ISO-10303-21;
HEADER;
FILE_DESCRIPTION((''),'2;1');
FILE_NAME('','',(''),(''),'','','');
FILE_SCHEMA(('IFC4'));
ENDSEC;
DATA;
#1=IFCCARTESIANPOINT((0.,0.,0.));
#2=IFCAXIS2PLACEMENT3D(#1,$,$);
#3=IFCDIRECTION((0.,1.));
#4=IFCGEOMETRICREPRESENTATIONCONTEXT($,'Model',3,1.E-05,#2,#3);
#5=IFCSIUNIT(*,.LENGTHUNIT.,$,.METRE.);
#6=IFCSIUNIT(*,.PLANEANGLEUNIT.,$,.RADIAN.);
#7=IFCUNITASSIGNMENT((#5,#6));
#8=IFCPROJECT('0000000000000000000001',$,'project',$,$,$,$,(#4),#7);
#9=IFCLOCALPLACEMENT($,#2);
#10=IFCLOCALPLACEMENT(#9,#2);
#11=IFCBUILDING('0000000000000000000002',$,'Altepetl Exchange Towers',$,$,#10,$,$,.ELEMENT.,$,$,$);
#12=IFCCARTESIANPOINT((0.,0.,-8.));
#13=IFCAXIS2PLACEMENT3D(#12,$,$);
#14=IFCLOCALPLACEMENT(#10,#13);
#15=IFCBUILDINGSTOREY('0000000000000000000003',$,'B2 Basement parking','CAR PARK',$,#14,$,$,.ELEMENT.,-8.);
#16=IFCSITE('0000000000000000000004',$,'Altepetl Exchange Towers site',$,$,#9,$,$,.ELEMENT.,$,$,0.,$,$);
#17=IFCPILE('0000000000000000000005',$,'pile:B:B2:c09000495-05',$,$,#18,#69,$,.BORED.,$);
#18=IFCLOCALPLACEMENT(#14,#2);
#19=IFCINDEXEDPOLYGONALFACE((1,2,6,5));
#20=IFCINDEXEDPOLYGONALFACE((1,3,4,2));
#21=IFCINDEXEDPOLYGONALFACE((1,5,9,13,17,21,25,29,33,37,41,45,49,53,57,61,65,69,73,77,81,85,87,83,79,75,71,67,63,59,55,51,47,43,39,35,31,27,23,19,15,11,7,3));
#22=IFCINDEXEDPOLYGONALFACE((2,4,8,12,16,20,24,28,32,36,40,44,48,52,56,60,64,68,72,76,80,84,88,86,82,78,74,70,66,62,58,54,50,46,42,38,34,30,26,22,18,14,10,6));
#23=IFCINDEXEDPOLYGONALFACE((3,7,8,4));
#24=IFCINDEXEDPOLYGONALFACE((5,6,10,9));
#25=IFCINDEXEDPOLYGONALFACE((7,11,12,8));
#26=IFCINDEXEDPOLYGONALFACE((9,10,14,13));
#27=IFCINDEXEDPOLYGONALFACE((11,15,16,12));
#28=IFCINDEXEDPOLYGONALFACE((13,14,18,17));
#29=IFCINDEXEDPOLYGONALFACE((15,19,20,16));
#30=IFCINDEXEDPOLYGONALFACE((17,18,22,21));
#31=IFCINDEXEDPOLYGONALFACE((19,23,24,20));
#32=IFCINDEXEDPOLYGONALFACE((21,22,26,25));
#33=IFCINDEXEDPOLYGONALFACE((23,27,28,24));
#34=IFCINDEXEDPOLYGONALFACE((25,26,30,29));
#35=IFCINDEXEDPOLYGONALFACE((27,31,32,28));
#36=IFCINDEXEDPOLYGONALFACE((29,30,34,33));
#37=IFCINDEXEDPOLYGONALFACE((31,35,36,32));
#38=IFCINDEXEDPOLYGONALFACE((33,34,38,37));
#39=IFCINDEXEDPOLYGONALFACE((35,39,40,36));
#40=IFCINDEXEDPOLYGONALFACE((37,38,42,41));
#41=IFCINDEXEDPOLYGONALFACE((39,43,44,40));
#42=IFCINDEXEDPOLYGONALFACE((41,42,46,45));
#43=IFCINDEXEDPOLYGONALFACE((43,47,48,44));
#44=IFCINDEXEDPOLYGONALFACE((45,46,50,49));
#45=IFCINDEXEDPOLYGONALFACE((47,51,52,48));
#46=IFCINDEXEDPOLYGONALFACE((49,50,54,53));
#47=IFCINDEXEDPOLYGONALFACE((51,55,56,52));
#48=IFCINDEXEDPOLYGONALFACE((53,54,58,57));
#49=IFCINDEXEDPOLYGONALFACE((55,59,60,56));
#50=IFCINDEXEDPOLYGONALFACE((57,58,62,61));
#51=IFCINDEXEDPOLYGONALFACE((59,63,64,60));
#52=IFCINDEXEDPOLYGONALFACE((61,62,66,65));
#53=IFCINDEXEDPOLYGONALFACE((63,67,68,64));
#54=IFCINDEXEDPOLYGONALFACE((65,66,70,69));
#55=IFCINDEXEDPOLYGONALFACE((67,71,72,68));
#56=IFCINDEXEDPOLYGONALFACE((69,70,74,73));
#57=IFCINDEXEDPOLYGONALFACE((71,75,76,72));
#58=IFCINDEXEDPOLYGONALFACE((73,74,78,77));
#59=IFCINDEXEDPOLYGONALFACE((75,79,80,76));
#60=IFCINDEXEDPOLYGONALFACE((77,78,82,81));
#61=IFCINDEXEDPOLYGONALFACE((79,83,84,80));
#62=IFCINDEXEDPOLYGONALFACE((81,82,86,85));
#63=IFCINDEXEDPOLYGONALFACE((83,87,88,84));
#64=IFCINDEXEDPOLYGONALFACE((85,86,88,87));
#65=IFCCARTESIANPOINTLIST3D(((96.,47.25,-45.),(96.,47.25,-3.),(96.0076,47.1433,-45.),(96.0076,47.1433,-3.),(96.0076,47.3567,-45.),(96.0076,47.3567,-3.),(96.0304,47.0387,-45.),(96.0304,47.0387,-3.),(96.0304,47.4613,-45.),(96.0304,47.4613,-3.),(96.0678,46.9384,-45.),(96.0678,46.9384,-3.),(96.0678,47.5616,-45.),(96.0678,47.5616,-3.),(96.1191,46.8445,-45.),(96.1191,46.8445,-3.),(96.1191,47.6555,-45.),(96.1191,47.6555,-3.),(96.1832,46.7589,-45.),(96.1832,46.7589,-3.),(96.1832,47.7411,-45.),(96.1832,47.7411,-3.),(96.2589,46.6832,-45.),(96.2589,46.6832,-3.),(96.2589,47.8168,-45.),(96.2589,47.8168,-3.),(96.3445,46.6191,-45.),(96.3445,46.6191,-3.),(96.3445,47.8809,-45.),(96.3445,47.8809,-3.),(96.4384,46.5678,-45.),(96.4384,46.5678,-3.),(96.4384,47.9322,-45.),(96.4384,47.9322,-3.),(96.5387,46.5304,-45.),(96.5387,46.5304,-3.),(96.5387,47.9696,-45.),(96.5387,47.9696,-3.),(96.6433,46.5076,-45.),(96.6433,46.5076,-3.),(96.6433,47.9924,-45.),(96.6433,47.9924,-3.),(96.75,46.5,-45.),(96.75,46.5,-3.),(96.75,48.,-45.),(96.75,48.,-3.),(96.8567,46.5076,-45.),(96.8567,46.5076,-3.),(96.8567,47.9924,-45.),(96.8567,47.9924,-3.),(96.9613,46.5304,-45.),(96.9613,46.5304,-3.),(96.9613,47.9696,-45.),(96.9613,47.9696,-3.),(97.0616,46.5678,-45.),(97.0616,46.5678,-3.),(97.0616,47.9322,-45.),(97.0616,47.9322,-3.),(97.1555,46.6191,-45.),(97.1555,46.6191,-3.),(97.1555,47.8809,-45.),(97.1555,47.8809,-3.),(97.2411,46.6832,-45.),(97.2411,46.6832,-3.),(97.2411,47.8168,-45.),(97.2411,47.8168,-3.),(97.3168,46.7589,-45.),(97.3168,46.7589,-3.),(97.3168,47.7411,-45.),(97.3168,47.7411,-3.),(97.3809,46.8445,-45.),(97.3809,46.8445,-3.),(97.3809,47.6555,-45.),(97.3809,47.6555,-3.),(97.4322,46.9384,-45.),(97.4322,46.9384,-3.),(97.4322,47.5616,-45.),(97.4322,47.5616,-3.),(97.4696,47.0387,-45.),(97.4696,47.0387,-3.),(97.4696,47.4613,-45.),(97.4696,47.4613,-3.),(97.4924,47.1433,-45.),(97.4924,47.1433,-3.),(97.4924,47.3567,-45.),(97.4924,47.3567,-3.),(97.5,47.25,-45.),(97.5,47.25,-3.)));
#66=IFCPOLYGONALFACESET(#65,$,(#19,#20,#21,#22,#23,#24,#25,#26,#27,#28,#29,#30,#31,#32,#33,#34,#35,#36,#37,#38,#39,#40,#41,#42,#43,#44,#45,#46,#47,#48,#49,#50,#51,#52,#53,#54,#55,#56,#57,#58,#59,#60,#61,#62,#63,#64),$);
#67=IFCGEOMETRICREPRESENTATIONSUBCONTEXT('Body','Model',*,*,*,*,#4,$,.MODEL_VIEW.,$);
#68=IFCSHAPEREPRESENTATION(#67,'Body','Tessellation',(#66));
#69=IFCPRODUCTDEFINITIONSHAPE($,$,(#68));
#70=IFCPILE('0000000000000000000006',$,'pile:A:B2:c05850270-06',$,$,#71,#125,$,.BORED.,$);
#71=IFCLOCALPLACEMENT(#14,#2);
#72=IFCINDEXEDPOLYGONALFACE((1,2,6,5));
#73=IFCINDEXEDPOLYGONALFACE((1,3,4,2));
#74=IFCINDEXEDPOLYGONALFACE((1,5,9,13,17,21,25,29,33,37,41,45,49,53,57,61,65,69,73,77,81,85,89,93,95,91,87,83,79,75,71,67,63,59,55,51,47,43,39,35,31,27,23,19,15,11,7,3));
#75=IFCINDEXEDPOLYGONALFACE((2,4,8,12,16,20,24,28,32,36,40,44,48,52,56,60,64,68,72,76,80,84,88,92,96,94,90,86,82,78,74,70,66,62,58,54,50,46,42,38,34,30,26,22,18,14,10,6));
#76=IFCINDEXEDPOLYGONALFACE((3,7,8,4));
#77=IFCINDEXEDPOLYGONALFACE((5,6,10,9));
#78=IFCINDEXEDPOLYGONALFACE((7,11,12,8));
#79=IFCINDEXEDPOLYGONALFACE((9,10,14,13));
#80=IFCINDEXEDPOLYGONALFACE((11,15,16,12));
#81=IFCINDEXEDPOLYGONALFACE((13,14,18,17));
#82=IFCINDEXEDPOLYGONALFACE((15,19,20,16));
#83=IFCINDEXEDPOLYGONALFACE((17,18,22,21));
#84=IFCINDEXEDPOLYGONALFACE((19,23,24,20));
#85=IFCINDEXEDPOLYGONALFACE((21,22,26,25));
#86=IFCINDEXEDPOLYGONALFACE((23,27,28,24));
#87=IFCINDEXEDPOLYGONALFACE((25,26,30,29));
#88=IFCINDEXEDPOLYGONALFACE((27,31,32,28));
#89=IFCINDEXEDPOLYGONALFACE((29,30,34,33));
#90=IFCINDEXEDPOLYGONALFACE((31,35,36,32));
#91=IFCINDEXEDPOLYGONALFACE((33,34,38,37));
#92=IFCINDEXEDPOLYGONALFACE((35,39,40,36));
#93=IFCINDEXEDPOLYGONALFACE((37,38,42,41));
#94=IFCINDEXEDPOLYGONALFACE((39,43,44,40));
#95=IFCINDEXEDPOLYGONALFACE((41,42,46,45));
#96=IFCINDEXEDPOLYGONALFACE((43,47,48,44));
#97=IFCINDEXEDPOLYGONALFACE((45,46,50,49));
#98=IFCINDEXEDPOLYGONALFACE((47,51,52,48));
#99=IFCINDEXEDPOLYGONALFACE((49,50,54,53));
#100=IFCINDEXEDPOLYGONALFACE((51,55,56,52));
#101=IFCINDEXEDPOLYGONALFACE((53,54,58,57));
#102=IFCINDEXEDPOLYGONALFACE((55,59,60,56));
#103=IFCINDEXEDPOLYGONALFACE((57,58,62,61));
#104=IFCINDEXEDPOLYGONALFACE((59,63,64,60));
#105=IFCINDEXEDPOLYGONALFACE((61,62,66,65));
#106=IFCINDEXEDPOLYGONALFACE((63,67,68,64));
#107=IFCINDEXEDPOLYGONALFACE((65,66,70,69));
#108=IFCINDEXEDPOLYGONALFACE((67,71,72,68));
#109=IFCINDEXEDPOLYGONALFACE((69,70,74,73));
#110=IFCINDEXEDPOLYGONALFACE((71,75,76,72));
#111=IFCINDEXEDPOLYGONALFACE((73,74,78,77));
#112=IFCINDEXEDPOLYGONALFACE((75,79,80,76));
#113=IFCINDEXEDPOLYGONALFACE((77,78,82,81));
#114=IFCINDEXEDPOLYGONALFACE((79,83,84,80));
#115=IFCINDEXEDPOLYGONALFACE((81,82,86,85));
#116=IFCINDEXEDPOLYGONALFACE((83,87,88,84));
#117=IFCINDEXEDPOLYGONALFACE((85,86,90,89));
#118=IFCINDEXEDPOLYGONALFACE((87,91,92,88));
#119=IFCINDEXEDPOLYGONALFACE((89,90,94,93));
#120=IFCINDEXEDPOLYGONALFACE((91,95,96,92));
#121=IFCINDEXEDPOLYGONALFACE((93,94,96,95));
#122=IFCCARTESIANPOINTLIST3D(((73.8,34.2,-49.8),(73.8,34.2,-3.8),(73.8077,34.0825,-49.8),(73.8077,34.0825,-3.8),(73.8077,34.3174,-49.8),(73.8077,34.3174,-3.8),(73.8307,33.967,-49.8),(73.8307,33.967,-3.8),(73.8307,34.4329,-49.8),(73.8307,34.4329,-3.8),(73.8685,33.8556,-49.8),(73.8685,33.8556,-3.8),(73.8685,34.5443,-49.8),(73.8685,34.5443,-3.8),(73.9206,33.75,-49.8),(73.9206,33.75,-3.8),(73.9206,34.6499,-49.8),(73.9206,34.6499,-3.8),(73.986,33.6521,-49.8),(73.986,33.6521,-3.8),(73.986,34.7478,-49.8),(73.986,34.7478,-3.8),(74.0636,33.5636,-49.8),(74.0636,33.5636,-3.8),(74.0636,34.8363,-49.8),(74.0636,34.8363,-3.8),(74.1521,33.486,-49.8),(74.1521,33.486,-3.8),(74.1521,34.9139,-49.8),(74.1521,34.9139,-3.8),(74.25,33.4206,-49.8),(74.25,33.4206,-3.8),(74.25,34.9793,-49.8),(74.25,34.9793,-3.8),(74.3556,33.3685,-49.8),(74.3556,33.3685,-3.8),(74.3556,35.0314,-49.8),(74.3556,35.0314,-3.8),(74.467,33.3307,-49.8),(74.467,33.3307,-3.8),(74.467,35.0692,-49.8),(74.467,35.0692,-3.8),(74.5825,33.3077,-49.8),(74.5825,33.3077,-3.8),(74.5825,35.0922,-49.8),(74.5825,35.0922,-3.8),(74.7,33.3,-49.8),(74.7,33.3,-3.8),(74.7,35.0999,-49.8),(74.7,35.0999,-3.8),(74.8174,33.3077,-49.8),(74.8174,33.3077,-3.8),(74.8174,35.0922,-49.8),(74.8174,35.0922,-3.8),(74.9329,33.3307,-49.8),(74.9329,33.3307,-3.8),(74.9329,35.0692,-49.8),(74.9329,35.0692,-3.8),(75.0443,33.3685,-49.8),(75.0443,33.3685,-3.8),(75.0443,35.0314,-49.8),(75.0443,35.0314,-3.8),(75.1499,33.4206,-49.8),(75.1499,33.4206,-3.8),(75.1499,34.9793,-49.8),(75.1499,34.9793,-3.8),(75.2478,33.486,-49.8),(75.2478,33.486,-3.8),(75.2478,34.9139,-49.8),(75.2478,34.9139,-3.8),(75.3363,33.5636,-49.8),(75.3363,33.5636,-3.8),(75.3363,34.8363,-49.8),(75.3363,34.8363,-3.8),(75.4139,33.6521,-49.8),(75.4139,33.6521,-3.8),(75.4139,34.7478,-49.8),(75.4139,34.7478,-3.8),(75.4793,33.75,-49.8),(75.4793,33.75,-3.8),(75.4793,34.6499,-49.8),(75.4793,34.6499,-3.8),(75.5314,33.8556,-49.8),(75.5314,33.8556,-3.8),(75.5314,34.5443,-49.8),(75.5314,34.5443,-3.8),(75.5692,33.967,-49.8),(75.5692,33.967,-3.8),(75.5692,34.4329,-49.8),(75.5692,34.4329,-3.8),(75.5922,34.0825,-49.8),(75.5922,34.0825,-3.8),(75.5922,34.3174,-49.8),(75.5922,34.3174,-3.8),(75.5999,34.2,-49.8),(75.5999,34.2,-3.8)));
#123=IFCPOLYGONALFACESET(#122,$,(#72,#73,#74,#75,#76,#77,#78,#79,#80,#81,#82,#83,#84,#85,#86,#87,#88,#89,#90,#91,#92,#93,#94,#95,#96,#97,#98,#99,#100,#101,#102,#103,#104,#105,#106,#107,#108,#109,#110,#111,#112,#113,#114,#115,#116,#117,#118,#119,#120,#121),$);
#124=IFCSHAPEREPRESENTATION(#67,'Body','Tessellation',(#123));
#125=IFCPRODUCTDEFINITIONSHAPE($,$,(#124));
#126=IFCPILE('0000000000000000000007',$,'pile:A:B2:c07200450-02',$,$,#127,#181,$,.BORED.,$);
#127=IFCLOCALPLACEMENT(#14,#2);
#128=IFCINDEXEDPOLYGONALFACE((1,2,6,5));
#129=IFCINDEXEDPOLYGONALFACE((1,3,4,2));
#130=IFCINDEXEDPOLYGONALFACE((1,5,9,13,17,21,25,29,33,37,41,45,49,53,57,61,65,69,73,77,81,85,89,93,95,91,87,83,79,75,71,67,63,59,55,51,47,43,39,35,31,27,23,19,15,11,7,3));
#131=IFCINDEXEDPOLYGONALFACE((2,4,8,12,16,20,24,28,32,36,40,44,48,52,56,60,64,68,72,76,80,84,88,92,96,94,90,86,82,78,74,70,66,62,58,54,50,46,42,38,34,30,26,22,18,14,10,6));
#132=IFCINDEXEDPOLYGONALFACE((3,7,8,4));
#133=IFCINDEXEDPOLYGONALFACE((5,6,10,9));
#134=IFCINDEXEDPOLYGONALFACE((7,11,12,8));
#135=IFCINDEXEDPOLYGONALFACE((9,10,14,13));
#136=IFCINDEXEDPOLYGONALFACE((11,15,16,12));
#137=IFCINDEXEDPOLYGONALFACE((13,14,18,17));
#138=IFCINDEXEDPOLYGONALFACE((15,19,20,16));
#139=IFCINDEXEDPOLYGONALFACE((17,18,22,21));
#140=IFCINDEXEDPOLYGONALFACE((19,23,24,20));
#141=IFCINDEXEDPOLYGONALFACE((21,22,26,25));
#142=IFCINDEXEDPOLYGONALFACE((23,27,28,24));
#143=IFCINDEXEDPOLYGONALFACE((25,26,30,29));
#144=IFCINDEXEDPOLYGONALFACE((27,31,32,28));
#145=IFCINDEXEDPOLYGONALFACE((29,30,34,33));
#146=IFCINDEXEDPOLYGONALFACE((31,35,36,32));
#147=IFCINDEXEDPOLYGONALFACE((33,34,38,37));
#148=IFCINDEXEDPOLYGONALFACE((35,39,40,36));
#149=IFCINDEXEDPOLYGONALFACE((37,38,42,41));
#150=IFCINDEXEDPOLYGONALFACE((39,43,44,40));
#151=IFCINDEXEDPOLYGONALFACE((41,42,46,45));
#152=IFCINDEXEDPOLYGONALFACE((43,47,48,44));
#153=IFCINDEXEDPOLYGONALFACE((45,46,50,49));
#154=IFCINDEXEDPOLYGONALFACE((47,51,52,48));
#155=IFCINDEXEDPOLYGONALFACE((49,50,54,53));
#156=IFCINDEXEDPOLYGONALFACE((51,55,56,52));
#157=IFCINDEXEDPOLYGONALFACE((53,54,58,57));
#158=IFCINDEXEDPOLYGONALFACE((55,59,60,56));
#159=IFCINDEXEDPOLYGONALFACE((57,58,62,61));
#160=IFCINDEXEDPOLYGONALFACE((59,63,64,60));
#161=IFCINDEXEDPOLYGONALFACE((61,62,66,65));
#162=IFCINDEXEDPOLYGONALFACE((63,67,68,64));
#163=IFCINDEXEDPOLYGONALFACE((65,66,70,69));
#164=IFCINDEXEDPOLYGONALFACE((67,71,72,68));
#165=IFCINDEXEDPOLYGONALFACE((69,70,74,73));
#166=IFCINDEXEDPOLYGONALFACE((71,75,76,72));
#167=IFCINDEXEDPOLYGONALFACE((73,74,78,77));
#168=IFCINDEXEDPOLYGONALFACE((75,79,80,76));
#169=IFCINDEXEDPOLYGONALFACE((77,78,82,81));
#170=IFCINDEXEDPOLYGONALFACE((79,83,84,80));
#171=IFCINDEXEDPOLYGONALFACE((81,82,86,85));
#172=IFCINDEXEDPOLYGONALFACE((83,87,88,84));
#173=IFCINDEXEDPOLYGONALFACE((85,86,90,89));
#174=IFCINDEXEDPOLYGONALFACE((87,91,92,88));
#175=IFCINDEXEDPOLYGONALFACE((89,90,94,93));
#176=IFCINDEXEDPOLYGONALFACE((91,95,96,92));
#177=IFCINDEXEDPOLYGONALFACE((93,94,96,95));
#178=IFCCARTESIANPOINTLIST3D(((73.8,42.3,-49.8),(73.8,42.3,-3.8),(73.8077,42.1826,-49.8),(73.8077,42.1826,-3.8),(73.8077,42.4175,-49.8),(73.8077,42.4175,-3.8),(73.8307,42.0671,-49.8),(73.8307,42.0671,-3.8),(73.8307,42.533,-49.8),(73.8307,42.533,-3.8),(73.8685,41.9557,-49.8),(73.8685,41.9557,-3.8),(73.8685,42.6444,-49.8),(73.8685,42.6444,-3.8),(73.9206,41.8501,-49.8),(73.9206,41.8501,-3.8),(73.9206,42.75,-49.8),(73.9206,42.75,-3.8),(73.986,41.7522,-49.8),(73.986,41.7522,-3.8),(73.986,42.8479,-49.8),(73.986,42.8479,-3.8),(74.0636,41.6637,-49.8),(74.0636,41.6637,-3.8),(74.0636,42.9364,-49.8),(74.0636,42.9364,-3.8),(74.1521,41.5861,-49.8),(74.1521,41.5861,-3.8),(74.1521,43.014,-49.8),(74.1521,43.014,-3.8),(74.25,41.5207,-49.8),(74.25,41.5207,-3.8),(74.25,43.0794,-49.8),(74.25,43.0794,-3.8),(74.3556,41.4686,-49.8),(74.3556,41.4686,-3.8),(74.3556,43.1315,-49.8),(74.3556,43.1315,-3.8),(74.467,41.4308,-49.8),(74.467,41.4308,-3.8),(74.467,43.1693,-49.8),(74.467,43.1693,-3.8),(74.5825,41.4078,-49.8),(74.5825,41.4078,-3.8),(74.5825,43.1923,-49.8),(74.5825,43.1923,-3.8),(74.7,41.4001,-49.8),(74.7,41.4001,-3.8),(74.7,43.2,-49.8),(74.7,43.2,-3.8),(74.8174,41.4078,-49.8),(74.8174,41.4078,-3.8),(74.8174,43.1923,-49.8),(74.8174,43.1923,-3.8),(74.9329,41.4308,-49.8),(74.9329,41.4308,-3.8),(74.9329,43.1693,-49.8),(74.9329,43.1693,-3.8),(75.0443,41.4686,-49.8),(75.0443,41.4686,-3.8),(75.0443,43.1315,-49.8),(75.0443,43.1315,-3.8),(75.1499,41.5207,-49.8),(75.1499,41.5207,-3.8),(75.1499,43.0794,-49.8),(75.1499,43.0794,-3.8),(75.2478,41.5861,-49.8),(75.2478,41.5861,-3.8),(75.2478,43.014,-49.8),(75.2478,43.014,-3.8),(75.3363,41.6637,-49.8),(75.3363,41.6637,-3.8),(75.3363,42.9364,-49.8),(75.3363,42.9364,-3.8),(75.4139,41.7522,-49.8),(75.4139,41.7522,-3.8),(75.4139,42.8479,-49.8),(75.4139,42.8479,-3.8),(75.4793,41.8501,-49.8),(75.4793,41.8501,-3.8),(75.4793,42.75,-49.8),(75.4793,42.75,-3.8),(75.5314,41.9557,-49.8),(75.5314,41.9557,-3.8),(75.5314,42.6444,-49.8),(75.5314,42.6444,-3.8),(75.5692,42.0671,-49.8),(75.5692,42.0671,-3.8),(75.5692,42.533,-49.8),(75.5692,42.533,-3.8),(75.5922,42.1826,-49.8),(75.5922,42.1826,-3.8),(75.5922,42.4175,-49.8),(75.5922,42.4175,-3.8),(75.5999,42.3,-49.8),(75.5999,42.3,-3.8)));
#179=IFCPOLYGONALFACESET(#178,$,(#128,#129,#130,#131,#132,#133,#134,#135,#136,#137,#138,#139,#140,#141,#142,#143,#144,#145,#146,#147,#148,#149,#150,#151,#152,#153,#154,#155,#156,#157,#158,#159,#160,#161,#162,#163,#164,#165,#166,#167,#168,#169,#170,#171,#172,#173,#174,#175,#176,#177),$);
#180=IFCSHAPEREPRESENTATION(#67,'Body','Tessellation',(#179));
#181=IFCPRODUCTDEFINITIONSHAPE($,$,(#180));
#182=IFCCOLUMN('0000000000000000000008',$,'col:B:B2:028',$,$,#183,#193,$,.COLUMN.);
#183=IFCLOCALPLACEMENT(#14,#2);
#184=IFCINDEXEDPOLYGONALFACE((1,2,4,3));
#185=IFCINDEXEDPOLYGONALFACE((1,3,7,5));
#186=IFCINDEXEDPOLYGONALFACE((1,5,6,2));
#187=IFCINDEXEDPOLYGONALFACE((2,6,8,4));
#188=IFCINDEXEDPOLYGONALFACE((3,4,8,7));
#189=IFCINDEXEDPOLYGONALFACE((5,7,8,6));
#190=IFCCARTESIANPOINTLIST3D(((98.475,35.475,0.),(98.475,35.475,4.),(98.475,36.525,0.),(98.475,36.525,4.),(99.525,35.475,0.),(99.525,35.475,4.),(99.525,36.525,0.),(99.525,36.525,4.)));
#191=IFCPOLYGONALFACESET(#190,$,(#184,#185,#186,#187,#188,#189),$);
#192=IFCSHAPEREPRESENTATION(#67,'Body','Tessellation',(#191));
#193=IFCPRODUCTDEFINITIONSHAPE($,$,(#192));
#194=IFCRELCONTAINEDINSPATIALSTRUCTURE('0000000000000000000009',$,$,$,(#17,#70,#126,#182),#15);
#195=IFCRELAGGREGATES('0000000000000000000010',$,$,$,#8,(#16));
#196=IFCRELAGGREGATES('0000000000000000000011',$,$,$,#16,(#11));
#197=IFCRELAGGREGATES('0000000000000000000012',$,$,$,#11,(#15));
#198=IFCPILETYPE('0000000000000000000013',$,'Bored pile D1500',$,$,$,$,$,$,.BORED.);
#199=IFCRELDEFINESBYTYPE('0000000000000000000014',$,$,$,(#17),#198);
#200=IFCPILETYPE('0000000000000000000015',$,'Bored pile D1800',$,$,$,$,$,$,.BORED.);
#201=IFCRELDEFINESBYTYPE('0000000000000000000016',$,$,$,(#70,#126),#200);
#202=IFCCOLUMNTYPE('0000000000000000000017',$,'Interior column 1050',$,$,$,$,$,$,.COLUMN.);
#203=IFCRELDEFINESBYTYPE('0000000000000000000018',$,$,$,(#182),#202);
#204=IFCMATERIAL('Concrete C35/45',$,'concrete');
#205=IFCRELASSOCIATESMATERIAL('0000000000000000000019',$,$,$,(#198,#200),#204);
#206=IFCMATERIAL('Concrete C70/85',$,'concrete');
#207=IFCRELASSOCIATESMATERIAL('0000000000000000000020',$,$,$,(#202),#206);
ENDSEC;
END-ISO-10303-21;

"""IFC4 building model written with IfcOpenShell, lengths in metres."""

from ifc_helpers import new_model, si_unit, direction, frame, origin, origin_2d, place, context, subcontext, project, spatial, rectangle, circle, extrude, material, material_profile, profile_set, type_object, element, save


model = new_model("IFC4")

# Units and contexts
model_context = context("Model", 3, precision=1e-05, world=origin(), true_north=direction((0.0, 1.0)))
body_context = subcontext(model_context, "Body", "Model", "MODEL_VIEW")
ifc_project = project(units=[si_unit("LENGTHUNIT", "METRE"), si_unit("PLANEANGLEUNIT", "RADIAN")], contexts=[model_context])

# Site, building, storey
site_placement = place(None, origin())
site = spatial("IfcSite", under=ifc_project, at=site_placement, Name="Altepetl Exchange Towers site", CompositionType="ELEMENT", RefElevation=0.0)
building_placement = place(site_placement, origin())
building = spatial("IfcBuilding", under=site, at=building_placement, Name="Altepetl Exchange Towers", CompositionType="ELEMENT")
storey_placement = place(building_placement, frame((0.0, 0.0, -8.0)))
storey = spatial("IfcBuildingStorey", under=building, at=storey_placement, Name="B2 Basement parking", Description="CAR PARK", CompositionType="ELEMENT", Elevation=-8.0)

# Piles
ifc_material_1 = material(Name="Concrete C35/45", Category="concrete")
ifc_material_profile_1 = material_profile(ifc_material_1, circle(Radius=0.75, at=origin_2d()), Name="D1500")
ifc_profile_set_1 = profile_set([ifc_material_profile_1], Name="Concrete C35/45")
pile_type_1 = type_object("IfcPileType", Name="Bored pile D1500", PredefinedType="BORED", material=ifc_profile_set_1)
for number, where, z_axis, x_axis, name in (
    (1, (96.75, 47.25, -3.0), (0.0, 0.0, -1.0), (1.0, 0.0, 0.0), "pile:B:B2:c09000495-05"),
):
    element("IfcPile", number, at=place(storey_placement, frame(where, z_axis=z_axis, x_axis=x_axis)), inside=storey, type_object=pile_type_1, Name=name, PredefinedType="BORED", context=body_context, shape_type="SweptSolid", body=[
        extrude(circle(Radius=0.75, at=origin_2d()), origin(), (0.0, 0.0, 1.0), 42.0),
    ])
ifc_material_profile_2 = material_profile(ifc_material_1, circle(Radius=0.8999, at=origin_2d()), Name="D1800")
ifc_profile_set_2 = profile_set([ifc_material_profile_2], Name="Concrete C35/45")
pile_type_2 = type_object("IfcPileType", Name="Bored pile D1800", PredefinedType="BORED", material=ifc_profile_set_2)
for number, where, z_axis, x_axis, name in (
    (2, (74.7, 34.2, -3.8), (0.0, 0.0, -1.0), (1.0, 0.0, 0.0), "pile:A:B2:c05850270-06"),
    (3, (74.7, 42.3, -3.8), (0.0, 0.0, -1.0), (1.0, 0.0, 0.0), "pile:A:B2:c07200450-02"),
):
    element("IfcPile", number, at=place(storey_placement, frame(where, z_axis=z_axis, x_axis=x_axis)), inside=storey, type_object=pile_type_2, Name=name, PredefinedType="BORED", context=body_context, shape_type="SweptSolid", body=[
        extrude(circle(Radius=0.8999, at=origin_2d()), origin(), (0.0, 0.0, 1.0), 46.0),
    ])

# Column
ifc_material_2 = material(Name="Concrete C70/85", Category="concrete")
ifc_material_profile_3 = material_profile(ifc_material_2, rectangle(XDim=1.05, YDim=1.05, at=origin_2d()), Name="1050 x 1050")
ifc_profile_set_3 = profile_set([ifc_material_profile_3], Name="Concrete C70/85")
column_type_1 = type_object("IfcColumnType", Name="Interior column 1050", PredefinedType="COLUMN", material=ifc_profile_set_3)
column_placement = place(storey_placement, frame((99.0, 36.0, 0.0)))
element("IfcColumn", 4, at=column_placement, inside=storey, type_object=column_type_1, Name="col:B:B2:028", PredefinedType="COLUMN", context=body_context, shape_type="SweptSolid", body=[
    extrude(rectangle(XDim=1.05, YDim=1.05, at=origin_2d()), origin(), (0.0, 0.0, 1.0), 4.0),
])

save(model, "model.ifc")
